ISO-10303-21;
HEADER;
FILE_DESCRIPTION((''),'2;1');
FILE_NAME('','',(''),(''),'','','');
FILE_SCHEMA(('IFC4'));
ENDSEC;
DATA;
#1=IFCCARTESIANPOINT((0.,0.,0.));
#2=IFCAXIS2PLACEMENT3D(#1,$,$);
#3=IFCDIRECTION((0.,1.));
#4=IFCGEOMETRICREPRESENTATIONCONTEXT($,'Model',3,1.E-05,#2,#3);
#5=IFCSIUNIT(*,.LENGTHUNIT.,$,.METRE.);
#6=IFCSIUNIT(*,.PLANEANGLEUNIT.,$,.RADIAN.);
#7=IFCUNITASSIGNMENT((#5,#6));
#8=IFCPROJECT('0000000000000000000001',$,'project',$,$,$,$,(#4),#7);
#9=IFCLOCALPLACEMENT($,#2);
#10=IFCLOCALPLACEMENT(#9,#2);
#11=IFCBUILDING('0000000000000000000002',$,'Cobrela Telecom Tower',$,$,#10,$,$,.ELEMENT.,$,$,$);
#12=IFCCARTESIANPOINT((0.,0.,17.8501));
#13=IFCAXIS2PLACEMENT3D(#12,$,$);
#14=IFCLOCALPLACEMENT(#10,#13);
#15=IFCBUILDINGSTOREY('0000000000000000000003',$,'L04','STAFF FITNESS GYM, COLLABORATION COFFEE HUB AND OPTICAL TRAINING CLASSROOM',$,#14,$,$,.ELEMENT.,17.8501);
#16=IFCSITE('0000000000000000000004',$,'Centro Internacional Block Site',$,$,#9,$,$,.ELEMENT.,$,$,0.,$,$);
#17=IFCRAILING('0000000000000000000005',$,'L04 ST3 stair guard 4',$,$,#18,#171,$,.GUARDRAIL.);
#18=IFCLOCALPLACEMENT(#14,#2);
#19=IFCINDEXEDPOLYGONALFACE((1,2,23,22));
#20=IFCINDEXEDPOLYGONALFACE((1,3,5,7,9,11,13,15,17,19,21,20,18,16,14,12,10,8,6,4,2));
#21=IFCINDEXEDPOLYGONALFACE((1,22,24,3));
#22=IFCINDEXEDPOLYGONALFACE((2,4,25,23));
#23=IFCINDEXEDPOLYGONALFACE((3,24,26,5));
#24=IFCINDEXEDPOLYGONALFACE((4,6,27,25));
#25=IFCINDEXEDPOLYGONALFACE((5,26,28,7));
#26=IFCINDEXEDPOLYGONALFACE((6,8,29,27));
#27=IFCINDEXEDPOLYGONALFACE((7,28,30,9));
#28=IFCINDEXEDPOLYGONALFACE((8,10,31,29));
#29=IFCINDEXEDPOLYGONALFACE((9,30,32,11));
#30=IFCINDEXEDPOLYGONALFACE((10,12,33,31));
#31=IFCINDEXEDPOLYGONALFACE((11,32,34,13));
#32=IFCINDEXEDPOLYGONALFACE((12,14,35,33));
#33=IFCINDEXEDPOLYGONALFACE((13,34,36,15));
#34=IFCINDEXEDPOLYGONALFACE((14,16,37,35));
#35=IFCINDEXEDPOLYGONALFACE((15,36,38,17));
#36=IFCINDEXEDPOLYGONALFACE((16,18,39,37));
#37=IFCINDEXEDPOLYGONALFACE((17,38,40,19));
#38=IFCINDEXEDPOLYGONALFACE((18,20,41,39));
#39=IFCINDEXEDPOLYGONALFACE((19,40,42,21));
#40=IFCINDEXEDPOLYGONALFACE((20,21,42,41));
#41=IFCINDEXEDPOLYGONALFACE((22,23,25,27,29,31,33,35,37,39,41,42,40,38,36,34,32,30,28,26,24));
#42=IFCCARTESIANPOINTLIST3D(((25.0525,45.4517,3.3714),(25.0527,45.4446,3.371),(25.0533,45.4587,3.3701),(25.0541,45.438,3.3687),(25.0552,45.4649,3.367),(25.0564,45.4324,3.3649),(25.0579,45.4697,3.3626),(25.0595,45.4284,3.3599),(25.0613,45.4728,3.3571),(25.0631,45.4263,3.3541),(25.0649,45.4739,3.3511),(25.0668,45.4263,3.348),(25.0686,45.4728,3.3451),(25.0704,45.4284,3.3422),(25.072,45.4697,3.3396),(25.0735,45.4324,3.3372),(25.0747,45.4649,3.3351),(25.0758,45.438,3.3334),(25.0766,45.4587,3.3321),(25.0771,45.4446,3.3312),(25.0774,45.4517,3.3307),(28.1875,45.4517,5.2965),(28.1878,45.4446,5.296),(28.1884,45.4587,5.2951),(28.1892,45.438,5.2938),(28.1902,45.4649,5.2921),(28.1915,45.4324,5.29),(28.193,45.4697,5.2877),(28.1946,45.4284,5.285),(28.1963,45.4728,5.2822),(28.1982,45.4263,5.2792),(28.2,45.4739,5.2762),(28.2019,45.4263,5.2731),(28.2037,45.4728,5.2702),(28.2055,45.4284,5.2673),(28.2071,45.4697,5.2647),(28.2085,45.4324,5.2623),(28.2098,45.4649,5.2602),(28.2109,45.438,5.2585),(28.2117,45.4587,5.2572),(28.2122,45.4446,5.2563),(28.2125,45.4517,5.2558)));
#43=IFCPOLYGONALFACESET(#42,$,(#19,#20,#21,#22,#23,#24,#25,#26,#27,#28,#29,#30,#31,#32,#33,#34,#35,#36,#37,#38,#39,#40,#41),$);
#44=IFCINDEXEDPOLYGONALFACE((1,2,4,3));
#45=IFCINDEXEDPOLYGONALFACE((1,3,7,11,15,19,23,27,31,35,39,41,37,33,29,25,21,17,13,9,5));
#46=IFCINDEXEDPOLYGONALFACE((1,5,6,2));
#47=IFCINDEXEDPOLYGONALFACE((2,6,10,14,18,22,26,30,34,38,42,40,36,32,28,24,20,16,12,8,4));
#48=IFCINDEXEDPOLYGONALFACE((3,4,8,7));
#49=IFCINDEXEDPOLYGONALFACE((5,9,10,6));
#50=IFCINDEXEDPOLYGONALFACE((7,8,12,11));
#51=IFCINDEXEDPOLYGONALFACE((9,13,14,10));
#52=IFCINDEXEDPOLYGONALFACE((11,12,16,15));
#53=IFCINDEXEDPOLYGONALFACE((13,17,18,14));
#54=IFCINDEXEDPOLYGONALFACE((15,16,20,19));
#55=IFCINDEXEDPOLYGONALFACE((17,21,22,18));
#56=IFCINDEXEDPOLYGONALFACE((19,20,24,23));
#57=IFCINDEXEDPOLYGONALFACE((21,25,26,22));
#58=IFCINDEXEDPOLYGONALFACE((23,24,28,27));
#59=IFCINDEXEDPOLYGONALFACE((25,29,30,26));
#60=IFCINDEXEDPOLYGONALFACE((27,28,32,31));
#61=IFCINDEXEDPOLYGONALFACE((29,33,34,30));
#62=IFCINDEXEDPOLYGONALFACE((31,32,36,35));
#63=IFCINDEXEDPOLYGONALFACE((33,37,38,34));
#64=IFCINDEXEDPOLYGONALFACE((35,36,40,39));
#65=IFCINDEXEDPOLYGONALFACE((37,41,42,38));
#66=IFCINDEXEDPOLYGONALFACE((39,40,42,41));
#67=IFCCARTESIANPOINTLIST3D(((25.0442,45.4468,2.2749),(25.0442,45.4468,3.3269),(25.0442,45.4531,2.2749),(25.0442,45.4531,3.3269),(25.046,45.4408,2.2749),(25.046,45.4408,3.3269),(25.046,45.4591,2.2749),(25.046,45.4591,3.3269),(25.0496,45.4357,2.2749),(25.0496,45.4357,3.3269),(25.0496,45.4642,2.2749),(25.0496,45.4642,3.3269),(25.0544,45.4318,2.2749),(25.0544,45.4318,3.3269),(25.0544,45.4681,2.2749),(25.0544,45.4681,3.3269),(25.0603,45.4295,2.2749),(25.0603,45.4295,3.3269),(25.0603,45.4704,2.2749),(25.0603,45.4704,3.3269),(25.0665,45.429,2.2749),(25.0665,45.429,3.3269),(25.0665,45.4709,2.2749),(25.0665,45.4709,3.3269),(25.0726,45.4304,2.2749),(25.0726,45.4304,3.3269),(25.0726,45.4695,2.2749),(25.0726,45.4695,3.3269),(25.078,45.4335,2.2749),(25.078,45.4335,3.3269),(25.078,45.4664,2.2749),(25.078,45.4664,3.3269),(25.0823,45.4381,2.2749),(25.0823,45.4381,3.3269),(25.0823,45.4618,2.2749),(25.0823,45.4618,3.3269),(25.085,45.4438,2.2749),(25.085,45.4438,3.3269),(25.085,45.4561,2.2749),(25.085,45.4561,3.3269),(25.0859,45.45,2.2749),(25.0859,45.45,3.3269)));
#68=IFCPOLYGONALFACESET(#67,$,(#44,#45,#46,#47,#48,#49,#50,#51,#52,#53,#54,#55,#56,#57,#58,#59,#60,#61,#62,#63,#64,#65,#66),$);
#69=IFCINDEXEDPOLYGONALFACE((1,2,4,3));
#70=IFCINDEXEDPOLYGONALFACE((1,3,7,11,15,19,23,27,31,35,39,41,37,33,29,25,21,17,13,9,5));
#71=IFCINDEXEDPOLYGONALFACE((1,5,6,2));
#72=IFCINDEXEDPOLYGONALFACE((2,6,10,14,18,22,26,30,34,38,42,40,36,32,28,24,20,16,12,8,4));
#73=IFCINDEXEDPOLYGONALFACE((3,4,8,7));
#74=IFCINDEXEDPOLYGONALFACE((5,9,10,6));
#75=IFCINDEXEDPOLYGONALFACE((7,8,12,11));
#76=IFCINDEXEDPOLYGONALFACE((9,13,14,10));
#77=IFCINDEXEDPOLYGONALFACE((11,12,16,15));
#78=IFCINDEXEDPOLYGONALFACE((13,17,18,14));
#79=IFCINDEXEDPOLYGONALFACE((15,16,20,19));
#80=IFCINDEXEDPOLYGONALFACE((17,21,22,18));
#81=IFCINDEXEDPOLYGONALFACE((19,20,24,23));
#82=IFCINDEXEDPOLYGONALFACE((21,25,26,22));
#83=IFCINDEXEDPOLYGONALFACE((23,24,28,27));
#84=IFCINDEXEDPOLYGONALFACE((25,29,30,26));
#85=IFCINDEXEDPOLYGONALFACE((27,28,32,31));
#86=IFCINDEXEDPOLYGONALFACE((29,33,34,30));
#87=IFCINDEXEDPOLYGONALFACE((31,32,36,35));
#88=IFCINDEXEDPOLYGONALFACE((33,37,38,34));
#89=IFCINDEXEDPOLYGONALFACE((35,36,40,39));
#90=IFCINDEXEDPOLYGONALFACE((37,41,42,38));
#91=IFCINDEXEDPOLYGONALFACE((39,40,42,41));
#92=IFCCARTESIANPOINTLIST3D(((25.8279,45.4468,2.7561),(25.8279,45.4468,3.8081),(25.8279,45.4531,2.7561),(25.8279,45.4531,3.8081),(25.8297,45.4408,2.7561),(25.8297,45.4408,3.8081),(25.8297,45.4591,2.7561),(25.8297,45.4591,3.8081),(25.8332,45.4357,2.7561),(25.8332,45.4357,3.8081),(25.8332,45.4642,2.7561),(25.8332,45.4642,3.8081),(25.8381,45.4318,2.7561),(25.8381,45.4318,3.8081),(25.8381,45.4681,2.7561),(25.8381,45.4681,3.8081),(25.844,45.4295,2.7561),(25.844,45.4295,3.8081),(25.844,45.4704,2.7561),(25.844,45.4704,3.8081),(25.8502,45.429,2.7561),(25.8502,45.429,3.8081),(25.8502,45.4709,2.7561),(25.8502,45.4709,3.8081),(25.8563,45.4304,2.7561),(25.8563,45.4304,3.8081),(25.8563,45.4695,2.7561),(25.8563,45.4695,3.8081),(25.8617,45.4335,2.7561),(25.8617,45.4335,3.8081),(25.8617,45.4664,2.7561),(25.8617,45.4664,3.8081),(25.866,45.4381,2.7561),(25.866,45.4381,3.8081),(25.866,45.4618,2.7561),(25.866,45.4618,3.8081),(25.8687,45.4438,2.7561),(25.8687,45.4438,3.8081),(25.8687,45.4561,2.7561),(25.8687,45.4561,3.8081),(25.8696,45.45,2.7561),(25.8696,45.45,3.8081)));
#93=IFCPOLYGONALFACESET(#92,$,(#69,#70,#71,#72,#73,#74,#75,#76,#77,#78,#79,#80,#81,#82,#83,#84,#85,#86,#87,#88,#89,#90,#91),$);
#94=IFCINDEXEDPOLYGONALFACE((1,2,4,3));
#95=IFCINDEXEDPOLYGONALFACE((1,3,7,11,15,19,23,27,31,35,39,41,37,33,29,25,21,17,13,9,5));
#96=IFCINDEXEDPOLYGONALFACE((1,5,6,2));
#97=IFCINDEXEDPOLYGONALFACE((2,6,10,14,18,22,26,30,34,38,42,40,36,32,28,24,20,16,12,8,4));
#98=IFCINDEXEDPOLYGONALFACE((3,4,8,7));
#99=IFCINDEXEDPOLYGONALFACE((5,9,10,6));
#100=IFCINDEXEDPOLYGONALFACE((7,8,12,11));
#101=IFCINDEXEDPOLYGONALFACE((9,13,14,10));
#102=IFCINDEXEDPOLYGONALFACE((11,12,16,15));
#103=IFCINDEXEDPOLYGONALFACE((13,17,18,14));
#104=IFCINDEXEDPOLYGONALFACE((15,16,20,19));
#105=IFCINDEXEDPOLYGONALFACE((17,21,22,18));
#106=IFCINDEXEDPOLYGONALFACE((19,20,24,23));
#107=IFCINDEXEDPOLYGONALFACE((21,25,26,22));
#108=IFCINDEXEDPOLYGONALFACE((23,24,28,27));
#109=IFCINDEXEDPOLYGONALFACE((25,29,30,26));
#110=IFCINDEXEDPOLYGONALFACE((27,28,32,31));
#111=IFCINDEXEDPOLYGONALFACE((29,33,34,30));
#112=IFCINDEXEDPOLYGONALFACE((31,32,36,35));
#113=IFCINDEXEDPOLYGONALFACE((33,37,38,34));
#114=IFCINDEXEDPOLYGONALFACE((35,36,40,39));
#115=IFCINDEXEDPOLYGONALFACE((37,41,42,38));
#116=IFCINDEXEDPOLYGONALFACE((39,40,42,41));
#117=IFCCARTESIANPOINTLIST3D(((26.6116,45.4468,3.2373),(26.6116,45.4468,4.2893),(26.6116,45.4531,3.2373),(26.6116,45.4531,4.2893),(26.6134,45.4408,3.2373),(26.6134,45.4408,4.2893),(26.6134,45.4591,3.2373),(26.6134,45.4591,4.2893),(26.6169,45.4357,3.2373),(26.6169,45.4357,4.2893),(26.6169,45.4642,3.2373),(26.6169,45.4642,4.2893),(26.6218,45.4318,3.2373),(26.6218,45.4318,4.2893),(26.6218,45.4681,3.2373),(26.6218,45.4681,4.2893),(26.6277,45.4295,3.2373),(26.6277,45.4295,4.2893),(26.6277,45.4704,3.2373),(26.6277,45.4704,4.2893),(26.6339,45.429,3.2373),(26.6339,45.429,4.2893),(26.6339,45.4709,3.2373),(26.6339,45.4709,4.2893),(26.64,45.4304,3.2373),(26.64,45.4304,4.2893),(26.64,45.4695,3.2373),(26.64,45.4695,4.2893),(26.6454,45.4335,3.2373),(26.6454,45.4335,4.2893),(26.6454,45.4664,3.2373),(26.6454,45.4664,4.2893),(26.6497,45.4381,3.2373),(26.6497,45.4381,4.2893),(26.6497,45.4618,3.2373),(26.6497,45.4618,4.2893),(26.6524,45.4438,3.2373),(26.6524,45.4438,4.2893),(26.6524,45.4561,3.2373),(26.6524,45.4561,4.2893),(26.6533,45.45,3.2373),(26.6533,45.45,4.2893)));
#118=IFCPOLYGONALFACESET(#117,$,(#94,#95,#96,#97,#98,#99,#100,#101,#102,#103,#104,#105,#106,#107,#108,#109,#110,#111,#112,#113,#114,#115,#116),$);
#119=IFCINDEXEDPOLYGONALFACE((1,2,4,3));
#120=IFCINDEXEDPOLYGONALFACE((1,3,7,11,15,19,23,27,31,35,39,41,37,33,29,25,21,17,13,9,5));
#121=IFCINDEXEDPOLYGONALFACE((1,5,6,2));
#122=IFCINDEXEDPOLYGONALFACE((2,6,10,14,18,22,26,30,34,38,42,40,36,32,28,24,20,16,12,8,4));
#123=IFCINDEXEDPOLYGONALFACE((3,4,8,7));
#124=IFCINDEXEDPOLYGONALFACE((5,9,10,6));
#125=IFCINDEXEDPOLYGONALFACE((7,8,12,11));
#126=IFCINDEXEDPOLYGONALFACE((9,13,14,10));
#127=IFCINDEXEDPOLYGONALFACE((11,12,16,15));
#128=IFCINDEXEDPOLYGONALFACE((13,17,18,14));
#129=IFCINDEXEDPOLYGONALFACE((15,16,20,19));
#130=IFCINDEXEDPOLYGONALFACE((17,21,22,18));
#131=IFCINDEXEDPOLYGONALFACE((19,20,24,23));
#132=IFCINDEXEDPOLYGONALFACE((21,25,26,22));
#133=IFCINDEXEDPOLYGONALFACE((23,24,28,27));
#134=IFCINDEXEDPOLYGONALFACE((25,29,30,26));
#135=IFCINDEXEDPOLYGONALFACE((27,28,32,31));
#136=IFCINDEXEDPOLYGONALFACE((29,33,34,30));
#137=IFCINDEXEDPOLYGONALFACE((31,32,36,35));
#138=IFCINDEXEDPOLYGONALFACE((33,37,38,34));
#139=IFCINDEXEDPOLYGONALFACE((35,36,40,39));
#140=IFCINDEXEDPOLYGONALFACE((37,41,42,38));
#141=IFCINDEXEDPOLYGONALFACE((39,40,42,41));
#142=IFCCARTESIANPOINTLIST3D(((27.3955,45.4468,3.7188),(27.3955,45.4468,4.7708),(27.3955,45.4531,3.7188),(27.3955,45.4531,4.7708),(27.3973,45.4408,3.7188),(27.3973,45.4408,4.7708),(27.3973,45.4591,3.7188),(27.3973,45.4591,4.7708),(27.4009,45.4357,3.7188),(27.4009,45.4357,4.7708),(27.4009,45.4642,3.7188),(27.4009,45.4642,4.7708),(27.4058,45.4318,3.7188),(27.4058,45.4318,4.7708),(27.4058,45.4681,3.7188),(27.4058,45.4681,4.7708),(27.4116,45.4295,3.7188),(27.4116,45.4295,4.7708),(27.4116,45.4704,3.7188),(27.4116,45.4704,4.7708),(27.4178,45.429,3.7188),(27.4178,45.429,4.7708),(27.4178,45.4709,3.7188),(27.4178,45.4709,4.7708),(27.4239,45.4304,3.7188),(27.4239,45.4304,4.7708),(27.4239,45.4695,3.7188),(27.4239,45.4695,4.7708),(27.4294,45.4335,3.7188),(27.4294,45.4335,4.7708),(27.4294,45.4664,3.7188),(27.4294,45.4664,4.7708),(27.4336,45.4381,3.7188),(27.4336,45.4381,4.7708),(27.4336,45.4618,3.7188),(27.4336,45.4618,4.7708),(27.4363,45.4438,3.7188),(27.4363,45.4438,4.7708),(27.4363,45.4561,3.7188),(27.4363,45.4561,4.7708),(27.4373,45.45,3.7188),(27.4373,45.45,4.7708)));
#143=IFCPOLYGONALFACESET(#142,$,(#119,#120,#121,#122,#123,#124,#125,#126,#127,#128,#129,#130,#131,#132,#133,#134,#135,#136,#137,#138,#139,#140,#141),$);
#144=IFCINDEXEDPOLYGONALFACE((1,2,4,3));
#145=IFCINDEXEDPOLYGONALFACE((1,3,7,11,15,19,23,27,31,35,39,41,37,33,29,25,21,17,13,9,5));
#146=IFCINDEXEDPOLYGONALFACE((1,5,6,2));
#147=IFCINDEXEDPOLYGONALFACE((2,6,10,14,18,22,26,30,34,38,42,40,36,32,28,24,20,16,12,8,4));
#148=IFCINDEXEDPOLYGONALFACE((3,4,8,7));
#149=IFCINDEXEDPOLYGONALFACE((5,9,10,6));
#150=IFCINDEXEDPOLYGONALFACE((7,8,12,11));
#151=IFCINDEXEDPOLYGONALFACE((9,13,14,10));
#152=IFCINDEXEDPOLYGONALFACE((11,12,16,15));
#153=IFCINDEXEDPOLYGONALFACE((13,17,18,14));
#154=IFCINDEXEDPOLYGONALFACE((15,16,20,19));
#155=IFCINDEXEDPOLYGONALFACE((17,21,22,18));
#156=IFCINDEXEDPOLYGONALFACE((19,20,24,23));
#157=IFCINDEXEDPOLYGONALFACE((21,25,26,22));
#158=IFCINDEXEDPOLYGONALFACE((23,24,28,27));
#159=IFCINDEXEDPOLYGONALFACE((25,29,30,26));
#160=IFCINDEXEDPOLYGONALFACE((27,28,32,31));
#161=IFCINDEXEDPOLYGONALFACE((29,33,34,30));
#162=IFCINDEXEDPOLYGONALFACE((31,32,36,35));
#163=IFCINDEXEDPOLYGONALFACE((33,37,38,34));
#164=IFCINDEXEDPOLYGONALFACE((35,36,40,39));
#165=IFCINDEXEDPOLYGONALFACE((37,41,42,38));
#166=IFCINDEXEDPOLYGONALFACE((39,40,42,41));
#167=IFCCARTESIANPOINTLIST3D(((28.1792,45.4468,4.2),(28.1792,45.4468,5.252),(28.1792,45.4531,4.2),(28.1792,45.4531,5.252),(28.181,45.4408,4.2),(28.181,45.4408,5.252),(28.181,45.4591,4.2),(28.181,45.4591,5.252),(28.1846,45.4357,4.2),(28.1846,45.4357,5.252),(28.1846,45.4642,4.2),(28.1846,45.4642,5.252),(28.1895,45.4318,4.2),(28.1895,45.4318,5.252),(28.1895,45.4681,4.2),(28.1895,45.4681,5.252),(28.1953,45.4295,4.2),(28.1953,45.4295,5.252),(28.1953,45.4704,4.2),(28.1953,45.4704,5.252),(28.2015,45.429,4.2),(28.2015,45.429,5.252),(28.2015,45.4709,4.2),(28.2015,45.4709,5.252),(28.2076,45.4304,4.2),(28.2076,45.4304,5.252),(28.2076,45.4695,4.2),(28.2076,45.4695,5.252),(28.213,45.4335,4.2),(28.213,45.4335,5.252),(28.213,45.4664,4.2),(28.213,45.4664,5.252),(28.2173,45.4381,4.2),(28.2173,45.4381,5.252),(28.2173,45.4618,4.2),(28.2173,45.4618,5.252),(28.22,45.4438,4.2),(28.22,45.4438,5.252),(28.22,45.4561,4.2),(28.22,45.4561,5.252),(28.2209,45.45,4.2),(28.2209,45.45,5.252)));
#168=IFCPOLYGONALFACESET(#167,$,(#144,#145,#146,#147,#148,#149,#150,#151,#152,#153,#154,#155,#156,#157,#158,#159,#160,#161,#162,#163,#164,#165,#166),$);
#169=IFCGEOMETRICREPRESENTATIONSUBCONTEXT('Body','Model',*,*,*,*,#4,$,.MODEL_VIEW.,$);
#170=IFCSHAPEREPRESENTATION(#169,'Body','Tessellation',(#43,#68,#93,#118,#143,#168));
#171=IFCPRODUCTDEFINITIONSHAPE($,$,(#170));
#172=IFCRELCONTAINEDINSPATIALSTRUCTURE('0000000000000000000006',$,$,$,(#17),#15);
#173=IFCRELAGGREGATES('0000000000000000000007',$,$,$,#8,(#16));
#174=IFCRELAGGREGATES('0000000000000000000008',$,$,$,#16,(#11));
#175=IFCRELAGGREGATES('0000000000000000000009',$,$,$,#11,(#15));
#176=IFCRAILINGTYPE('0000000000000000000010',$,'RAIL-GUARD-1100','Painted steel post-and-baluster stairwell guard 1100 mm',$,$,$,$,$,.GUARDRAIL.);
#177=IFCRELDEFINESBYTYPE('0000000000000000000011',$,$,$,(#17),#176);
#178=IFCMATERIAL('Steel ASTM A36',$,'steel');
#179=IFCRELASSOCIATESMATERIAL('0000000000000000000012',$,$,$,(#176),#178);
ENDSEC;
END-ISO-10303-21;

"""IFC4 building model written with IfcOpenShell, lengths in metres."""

from ifc_helpers import new_model, si_unit, direction, frame, origin, origin_2d, place, context, subcontext, project, spatial, circle, extrude, material, type_object, element, save


model = new_model("IFC4")

# Units and contexts
model_context = context("Model", 3, precision=1e-05, world=origin(), true_north=direction((0.0, 1.0)))
body_context = subcontext(model_context, "Body", "Model", "MODEL_VIEW")
ifc_project = project(units=[si_unit("LENGTHUNIT", "METRE"), si_unit("PLANEANGLEUNIT", "RADIAN")], contexts=[model_context])

# Site, building, storey
site_placement = place(None, origin())
site = spatial("IfcSite", under=ifc_project, at=site_placement, Name="Centro Internacional Block Site", CompositionType="ELEMENT", RefElevation=0.0)
building_placement = place(site_placement, origin())
building = spatial("IfcBuilding", under=site, at=building_placement, Name="Cobrela Telecom Tower", CompositionType="ELEMENT")
storey_placement = place(building_placement, frame((0.0, 0.0, 17.8501)))
storey = spatial("IfcBuildingStorey", under=building, at=storey_placement, Name="L04", Description="STAFF FITNESS GYM, COLLABORATION COFFEE HUB AND OPTICAL TRAINING CLASSROOM", CompositionType="ELEMENT", Elevation=17.8501)

# Shared definitions
ifc_material_1 = material(Name="Steel ASTM A36", Category="steel")

# Railing
railing_type_1 = type_object("IfcRailingType", Name="RAIL-GUARD-1100", Description="Painted steel post-and-baluster stairwell guard 1100 mm", PredefinedType="GUARDRAIL", material=ifc_material_1)
railing_1_placement = place(storey_placement, frame((25.0649, 45.45, 2.2749)))
element("IfcRailing", 1, at=railing_1_placement, inside=storey, type_object=railing_type_1, Name="L04 ST3 stair guard 4", PredefinedType="GUARDRAIL", context=body_context, shape_type="SweptSolid", body=[
    extrude(circle(Radius=0.0239, at=origin_2d()), frame((0.0, 0.0, 1.0762), z_axis=(0.852166, 0.0, 0.523271), x_axis=(0.0, 1.0, 0.0)), (0.0, 0.0, 1.0), 3.679),
    extrude(circle(Radius=0.021, at=origin_2d()), origin(), (0.0, 0.0, 1.0), 1.052),
    extrude(circle(Radius=0.021, at=origin_2d()), frame((0.7837, 0.0, 0.4812)), (0.0, 0.0, 1.0), 1.052),
    extrude(circle(Radius=0.021, at=origin_2d()), frame((1.5674, 0.0, 0.9624)), (0.0, 0.0, 1.0), 1.052),
    extrude(circle(Radius=0.021, at=origin_2d()), frame((2.3513, 0.0, 1.4438)), (0.0, 0.0, 1.0), 1.052),
    extrude(circle(Radius=0.021, at=origin_2d()), frame((3.135, 0.0, 1.925)), (0.0, 0.0, 1.0), 1.052),
])

save(model, "model.ifc")
